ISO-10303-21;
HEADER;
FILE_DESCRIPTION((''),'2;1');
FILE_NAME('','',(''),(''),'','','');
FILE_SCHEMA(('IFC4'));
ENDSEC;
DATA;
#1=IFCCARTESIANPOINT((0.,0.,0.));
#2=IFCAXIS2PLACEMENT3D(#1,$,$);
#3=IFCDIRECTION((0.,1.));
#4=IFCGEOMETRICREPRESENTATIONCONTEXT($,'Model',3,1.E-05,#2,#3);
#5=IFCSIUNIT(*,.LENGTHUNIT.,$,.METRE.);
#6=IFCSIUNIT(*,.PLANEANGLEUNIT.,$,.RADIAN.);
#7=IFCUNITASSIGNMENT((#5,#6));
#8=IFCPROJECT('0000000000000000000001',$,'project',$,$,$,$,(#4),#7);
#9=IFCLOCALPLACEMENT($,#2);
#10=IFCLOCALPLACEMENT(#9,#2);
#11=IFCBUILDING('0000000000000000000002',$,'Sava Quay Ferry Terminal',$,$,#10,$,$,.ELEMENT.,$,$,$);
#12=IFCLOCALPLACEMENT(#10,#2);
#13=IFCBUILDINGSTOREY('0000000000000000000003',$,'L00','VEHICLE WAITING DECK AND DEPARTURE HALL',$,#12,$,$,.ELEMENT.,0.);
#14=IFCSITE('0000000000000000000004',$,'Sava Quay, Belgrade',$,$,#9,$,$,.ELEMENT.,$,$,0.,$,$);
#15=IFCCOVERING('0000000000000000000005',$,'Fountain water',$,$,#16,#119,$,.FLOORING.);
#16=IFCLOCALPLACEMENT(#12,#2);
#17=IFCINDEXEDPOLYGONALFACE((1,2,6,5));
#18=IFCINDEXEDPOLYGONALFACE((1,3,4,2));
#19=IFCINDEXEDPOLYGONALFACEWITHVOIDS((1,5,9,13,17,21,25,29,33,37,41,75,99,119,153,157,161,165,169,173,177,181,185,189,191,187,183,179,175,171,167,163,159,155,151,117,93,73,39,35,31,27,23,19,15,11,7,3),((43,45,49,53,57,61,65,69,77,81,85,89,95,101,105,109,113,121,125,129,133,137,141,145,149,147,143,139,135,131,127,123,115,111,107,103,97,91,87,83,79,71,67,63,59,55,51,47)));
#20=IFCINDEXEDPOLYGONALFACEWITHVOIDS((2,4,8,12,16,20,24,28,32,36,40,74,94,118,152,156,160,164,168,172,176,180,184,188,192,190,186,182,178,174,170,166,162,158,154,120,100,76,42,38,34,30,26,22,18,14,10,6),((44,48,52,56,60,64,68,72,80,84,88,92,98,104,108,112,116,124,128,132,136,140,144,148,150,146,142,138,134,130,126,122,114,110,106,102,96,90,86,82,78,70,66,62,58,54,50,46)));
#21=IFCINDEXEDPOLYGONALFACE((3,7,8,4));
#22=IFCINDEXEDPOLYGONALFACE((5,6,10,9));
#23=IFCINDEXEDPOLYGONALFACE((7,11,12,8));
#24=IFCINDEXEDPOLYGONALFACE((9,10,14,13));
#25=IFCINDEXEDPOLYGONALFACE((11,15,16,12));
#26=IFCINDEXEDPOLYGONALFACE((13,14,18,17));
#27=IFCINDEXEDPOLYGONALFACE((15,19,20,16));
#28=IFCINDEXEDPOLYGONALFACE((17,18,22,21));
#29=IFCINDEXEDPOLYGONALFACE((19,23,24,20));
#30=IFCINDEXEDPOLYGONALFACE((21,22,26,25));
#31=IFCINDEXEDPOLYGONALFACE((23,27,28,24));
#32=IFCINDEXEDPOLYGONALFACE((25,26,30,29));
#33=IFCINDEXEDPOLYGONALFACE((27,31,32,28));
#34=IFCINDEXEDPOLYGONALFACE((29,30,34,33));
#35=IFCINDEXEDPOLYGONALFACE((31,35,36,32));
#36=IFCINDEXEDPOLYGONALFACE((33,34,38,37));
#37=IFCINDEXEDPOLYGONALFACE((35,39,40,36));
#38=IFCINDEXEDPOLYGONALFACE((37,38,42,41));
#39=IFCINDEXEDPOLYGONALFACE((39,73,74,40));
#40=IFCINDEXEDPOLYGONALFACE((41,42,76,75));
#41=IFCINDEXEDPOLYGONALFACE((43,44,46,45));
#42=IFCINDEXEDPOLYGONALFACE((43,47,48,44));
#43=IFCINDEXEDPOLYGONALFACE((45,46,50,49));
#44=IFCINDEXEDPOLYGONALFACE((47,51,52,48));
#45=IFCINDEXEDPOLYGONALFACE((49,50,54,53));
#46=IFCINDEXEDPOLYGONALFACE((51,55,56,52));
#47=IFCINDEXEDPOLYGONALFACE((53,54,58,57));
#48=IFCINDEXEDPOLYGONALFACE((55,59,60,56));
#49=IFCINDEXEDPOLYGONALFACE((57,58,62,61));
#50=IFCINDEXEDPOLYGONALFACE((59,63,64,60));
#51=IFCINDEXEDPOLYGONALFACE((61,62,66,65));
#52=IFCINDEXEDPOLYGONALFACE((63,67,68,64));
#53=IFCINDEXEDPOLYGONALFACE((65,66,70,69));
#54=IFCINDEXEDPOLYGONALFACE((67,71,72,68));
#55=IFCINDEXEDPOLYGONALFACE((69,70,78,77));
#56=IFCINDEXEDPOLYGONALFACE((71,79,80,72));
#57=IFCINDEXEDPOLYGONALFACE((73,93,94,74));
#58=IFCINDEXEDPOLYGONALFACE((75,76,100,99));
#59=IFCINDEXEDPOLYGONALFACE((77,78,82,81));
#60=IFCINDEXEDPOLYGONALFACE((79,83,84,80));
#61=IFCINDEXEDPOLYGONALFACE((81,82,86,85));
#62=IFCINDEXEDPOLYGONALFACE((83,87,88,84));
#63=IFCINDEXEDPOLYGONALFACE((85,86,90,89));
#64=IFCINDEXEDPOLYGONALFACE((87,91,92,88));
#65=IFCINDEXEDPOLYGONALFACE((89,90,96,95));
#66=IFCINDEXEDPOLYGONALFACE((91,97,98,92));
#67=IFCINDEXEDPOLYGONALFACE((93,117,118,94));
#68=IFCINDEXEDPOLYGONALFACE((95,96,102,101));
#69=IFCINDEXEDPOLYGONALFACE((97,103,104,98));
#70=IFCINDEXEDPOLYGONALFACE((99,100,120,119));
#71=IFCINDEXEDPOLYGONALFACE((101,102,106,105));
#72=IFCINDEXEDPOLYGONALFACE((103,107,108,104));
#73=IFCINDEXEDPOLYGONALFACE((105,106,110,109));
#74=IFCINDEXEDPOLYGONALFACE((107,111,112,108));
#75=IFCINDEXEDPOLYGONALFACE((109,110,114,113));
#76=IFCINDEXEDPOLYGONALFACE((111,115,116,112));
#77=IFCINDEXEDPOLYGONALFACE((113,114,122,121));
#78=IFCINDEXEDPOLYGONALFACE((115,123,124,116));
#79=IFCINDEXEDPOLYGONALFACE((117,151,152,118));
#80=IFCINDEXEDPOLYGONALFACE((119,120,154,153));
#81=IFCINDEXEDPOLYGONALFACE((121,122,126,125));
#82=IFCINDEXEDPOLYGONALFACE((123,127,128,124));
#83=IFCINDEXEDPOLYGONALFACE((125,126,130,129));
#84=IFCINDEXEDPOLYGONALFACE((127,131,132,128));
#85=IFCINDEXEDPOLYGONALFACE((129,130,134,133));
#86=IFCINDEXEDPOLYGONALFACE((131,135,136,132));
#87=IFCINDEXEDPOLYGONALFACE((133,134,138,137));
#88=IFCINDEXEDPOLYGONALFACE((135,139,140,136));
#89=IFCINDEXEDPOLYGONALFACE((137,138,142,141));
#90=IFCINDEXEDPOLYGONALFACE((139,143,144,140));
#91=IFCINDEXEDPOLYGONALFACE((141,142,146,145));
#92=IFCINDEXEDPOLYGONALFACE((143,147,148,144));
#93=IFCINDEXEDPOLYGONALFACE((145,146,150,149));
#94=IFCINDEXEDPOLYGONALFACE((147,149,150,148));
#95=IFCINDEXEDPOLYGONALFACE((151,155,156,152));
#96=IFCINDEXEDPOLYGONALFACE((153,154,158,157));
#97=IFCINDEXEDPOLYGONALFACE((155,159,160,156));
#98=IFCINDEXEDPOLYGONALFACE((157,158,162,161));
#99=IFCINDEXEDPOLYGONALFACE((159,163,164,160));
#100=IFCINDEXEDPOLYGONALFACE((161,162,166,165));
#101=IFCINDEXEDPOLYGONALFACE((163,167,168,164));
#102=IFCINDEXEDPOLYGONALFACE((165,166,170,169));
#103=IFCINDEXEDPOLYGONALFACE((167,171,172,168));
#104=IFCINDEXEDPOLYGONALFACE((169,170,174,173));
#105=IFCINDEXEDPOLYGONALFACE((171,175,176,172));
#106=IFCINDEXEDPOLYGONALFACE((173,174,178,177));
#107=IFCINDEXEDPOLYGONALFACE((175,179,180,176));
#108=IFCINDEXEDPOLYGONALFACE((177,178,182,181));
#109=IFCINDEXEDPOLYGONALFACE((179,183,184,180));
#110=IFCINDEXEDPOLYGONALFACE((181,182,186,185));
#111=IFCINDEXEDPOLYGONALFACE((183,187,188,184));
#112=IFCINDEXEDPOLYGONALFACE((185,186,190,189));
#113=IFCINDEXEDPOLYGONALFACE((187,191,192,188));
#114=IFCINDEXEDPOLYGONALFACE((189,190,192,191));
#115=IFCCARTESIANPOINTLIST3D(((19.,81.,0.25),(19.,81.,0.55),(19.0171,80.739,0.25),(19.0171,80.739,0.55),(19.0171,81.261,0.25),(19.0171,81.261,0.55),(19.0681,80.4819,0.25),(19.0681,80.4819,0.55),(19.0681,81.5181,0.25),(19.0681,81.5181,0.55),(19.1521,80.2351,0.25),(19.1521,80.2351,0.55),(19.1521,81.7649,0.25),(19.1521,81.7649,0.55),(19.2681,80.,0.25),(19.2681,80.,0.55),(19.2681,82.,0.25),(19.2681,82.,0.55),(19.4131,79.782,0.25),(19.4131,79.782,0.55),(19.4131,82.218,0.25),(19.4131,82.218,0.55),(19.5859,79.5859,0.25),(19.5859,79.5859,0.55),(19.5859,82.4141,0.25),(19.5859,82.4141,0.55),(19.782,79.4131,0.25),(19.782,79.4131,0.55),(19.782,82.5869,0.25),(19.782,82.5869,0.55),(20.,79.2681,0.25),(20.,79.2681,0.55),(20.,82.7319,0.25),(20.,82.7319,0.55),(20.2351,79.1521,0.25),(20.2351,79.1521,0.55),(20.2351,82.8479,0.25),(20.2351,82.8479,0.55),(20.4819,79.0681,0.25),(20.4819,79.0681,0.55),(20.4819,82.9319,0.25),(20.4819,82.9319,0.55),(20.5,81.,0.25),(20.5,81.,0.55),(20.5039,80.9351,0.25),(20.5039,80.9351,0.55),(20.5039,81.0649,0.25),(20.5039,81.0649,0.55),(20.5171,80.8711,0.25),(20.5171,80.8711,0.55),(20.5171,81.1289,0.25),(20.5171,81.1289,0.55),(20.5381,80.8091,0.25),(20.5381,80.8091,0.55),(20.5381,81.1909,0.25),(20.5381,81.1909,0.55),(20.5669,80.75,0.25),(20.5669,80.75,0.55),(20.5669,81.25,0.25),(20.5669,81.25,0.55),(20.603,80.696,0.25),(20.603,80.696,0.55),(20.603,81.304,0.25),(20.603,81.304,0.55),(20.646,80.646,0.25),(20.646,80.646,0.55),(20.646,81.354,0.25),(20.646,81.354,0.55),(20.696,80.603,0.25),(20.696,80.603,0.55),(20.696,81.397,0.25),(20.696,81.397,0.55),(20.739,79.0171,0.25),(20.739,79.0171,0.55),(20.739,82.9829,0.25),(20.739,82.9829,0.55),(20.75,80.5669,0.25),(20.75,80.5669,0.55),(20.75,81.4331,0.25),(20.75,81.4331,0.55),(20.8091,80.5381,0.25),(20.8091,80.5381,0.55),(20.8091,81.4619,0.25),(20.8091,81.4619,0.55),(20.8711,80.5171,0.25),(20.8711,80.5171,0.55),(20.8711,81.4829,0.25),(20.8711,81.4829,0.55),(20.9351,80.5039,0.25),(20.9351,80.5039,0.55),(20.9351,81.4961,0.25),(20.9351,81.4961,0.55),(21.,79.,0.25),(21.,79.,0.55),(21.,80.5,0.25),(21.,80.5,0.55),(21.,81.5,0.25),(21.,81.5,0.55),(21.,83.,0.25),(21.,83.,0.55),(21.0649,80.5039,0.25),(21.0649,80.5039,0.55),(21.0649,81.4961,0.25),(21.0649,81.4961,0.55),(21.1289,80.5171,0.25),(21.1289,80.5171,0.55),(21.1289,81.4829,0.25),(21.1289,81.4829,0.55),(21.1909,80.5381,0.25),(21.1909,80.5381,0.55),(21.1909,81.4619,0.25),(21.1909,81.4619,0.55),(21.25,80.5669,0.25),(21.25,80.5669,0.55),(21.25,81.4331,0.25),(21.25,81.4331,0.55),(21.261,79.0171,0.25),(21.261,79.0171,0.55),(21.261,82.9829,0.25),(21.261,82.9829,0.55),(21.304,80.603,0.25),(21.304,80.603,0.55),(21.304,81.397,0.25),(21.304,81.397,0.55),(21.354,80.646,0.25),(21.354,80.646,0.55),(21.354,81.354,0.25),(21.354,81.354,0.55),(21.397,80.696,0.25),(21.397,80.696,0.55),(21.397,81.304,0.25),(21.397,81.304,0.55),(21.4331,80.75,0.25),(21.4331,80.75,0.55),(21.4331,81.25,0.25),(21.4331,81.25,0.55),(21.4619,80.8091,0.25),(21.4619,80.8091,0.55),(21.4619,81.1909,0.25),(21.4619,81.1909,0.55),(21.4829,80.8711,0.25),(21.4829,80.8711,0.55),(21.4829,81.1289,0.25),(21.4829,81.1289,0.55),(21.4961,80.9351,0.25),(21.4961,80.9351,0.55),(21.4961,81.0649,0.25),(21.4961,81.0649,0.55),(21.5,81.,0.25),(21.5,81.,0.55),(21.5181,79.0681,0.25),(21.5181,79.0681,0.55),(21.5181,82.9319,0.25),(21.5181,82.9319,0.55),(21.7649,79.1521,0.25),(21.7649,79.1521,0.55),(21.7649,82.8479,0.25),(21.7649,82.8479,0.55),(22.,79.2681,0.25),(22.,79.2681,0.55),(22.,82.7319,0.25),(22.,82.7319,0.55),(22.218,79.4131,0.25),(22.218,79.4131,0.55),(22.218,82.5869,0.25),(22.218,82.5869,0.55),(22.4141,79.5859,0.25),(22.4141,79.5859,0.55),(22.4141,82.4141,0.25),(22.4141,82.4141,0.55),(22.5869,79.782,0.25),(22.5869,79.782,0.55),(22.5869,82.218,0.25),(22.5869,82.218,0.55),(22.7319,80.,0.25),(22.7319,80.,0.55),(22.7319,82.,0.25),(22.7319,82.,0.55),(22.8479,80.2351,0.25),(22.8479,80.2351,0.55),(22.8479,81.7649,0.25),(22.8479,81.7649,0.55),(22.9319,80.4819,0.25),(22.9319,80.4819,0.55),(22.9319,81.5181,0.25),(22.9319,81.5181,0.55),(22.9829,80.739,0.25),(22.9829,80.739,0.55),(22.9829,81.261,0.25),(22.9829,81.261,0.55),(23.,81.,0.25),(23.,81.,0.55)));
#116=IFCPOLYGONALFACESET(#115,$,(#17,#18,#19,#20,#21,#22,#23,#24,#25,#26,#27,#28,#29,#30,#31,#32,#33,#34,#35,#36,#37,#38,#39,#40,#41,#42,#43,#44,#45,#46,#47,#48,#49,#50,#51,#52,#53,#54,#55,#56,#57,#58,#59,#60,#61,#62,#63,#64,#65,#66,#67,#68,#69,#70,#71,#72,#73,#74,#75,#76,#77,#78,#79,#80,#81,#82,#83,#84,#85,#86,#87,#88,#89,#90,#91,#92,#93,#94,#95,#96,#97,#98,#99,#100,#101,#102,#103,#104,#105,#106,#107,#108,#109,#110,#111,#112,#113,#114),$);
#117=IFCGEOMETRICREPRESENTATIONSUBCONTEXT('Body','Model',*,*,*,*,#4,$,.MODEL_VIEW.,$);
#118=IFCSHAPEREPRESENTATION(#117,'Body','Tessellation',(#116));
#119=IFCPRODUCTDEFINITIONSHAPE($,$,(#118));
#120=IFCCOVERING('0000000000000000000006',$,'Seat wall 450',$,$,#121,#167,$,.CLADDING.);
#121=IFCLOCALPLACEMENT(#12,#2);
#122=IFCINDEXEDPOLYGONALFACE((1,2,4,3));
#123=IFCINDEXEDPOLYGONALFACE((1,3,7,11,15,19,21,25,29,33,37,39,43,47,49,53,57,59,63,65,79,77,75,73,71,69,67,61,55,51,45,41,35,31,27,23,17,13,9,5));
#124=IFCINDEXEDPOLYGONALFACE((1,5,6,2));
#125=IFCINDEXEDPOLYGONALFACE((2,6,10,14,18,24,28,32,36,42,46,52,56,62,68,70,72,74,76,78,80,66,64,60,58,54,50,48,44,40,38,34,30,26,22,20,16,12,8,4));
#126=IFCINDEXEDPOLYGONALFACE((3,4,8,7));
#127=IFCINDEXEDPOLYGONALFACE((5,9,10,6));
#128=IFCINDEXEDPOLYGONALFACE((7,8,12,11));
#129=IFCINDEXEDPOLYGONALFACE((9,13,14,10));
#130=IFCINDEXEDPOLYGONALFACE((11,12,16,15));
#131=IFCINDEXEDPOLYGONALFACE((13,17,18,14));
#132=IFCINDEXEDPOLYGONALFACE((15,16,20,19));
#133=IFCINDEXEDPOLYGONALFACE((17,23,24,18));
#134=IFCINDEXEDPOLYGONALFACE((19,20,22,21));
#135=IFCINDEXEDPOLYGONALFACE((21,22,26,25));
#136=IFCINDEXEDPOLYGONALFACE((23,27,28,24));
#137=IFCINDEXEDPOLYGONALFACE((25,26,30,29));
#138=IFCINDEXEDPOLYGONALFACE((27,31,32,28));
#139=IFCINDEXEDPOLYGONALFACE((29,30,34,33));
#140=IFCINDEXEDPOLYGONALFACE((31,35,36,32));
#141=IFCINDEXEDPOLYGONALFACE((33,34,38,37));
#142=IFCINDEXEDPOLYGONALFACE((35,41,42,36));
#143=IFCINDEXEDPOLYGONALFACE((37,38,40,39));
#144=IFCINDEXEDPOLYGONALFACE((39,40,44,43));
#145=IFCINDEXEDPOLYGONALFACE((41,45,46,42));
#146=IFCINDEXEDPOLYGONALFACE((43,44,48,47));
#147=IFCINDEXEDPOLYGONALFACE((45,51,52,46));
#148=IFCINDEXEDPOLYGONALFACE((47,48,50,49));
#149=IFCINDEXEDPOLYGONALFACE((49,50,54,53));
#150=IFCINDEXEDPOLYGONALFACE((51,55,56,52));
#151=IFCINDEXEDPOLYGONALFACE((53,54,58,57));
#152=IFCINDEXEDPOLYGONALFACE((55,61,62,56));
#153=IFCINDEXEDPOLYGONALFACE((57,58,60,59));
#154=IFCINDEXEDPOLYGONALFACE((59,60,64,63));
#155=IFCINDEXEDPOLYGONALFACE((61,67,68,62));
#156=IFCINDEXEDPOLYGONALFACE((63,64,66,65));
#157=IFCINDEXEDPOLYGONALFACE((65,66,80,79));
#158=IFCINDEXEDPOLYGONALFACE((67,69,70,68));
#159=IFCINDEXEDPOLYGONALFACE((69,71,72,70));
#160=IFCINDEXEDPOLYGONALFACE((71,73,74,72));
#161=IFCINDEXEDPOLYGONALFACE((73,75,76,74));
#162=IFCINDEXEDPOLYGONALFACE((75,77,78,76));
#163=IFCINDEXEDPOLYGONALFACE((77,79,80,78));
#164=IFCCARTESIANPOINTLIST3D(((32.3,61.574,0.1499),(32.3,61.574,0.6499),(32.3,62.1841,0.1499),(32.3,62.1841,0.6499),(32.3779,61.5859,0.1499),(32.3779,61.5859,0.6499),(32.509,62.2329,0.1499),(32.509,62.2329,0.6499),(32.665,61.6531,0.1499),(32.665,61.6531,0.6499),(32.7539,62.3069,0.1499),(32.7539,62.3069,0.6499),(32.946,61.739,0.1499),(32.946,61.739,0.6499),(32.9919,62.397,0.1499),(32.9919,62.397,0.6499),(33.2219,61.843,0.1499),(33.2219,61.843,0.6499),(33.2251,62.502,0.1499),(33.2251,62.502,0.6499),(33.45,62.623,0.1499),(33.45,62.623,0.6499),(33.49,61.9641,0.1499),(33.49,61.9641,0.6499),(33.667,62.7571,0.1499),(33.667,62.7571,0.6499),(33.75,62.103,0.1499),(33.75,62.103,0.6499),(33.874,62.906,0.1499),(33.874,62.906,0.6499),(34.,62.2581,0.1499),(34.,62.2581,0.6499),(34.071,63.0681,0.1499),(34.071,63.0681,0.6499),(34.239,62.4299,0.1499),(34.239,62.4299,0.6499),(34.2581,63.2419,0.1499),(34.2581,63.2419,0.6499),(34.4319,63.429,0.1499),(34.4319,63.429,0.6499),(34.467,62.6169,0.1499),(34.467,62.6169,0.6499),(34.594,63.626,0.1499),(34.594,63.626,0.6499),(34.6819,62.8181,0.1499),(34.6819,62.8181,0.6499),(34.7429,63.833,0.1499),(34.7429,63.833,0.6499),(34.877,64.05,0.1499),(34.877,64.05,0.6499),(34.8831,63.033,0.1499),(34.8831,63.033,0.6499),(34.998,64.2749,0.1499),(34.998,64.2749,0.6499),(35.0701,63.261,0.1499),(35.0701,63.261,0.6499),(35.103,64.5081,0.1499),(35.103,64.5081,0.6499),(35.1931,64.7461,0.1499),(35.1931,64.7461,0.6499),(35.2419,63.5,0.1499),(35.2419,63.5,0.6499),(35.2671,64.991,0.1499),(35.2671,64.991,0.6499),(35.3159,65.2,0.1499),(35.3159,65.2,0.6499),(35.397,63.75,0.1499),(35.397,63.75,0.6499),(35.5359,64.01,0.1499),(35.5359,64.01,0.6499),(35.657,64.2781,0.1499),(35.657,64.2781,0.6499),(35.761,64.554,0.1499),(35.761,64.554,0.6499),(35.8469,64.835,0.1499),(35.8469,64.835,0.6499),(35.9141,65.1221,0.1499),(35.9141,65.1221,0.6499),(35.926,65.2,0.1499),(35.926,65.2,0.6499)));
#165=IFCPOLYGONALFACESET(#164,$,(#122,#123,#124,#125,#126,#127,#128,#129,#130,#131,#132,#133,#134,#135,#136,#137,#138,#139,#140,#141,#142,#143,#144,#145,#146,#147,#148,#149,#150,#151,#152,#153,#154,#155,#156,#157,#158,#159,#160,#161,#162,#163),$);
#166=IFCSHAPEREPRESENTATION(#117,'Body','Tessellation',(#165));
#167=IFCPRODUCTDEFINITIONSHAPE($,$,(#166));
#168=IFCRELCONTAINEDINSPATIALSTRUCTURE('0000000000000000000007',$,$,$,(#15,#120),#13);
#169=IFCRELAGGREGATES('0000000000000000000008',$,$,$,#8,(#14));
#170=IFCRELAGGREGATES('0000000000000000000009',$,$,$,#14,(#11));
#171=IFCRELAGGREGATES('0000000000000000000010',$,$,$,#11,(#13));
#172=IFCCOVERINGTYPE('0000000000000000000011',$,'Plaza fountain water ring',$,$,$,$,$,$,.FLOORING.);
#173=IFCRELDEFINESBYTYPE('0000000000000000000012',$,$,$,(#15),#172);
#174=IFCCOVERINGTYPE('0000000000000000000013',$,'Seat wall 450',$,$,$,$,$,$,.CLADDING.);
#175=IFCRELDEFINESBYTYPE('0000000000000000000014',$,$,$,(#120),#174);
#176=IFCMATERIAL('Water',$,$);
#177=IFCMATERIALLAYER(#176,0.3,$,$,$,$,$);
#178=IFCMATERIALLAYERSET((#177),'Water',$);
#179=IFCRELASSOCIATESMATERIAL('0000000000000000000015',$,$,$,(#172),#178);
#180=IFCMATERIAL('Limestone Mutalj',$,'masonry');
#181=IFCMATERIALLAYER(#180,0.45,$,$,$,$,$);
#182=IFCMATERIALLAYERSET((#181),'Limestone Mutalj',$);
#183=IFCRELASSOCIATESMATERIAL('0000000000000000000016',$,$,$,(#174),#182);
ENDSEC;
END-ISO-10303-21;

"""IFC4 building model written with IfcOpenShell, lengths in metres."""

from ifc_helpers import new_model, si_unit, direction, frame, origin, place, context, subcontext, project, spatial, polyline, outline, extrude, material, layer, layer_set, type_object, element, save


model = new_model("IFC4")

# Units and contexts
model_context = context("Model", 3, precision=1e-05, world=origin(), true_north=direction((0.0, 1.0)))
body_context = subcontext(model_context, "Body", "Model", "MODEL_VIEW")
ifc_project = project(units=[si_unit("LENGTHUNIT", "METRE"), si_unit("PLANEANGLEUNIT", "RADIAN")], contexts=[model_context])

# Site, building, storey
site_placement = place(None, origin())
site = spatial("IfcSite", under=ifc_project, at=site_placement, Name="Sava Quay, Belgrade", CompositionType="ELEMENT", RefElevation=0.0)
building_placement = place(site_placement, origin())
building = spatial("IfcBuilding", under=site, at=building_placement, Name="Sava Quay Ferry Terminal", CompositionType="ELEMENT")
storey_placement = place(building_placement, origin())
storey = spatial("IfcBuildingStorey", under=building, at=storey_placement, Name="L00", Description="VEHICLE WAITING DECK AND DEPARTURE HALL", CompositionType="ELEMENT", Elevation=0.0)

# Coverings
ifc_material_1 = material(Name="Water")
ifc_layer_1 = layer(ifc_material_1, 0.3)
ifc_layer_set_1 = layer_set([ifc_layer_1], Name="Water")
covering_type_1 = type_object("IfcCoveringType", Name="Plaza fountain water ring", PredefinedType="FLOORING", material=ifc_layer_set_1)
covering_1_placement = place(storey_placement, frame((0.0, 0.0, 0.25)))
element("IfcCovering", 1, at=covering_1_placement, inside=storey, type_object=covering_type_1, Name="Fountain water", PredefinedType="FLOORING", context=body_context, shape_type="SweptSolid", body=[
    extrude(outline(polyline([(22.9829, 80.739), (23.0, 81.0), (22.9829, 81.261), (22.9319, 81.5181), (22.8479, 81.7649), (22.7319, 82.0), (22.5869, 82.218), (22.4141, 82.4141), (22.218, 82.5869), (22.0, 82.7319), (21.7649, 82.8479), (21.5181, 82.9319), (21.261, 82.9829), (21.0, 83.0), (20.739, 82.9829), (20.4819, 82.9319), (20.2351, 82.8479), (20.0, 82.7319), (19.782, 82.5869), (19.5859, 82.4141), (19.4131, 82.218), (19.2681, 82.0), (19.1521, 81.7649), (19.0681, 81.5181), (19.0171, 81.261), (19.0, 81.0), (19.0171, 80.739), (19.0681, 80.4819), (19.1521, 80.2351), (19.2681, 80.0), (19.4131, 79.782), (19.5859, 79.5859), (19.782, 79.4131), (20.0, 79.2681), (20.2351, 79.1521), (20.4819, 79.0681), (20.739, 79.0171), (21.0, 79.0), (21.261, 79.0171), (21.5181, 79.0681), (21.7649, 79.1521), (22.0, 79.2681), (22.218, 79.4131), (22.4141, 79.5859), (22.5869, 79.782), (22.7319, 80.0), (22.8479, 80.2351), (22.9319, 80.4819), (22.9829, 80.739)]), holes=[polyline([(21.4961, 81.0649), (21.5, 81.0), (21.4961, 80.9351), (21.4829, 80.8711), (21.4619, 80.8091), (21.4331, 80.75), (21.397, 80.696), (21.354, 80.646), (21.304, 80.603), (21.25, 80.5669), (21.1909, 80.5381), (21.1289, 80.5171), (21.0649, 80.5039), (21.0, 80.5), (20.9351, 80.5039), (20.8711, 80.5171), (20.8091, 80.5381), (20.75, 80.5669), (20.696, 80.603), (20.646, 80.646), (20.603, 80.696), (20.5669, 80.75), (20.5381, 80.8091), (20.5171, 80.8711), (20.5039, 80.9351), (20.5, 81.0), (20.5039, 81.0649), (20.5171, 81.1289), (20.5381, 81.1909), (20.5669, 81.25), (20.603, 81.304), (20.646, 81.354), (20.696, 81.397), (20.75, 81.4331), (20.8091, 81.4619), (20.8711, 81.4829), (20.9351, 81.4961), (21.0, 81.5), (21.0649, 81.4961), (21.1289, 81.4829), (21.1909, 81.4619), (21.25, 81.4331), (21.304, 81.397), (21.354, 81.354), (21.397, 81.304), (21.4331, 81.25), (21.4619, 81.1909), (21.4829, 81.1289), (21.4961, 81.0649)])]), origin(), (0.0, 0.0, 1.0), 0.3),
])
ifc_material_2 = material(Name="Limestone Mutalj", Category="masonry")
ifc_layer_2 = layer(ifc_material_2, 0.45)
ifc_layer_set_2 = layer_set([ifc_layer_2], Name="Limestone Mutalj")
covering_type_2 = type_object("IfcCoveringType", Name="Seat wall 450", PredefinedType="CLADDING", material=ifc_layer_set_2)
covering_2_placement = place(storey_placement, frame((0.0, 0.0, 0.1499)))
element("IfcCovering", 2, at=covering_2_placement, inside=storey, type_object=covering_type_2, Name="Seat wall 450", PredefinedType="CLADDING", context=body_context, shape_type="SweptSolid", body=[
    extrude(outline(polyline([(35.761, 64.554), (35.8469, 64.835), (35.9141, 65.1221), (35.926, 65.2), (35.3159, 65.2), (35.2671, 64.991), (35.1931, 64.7461), (35.103, 64.5081), (34.998, 64.2749), (34.877, 64.05), (34.7429, 63.833), (34.594, 63.626), (34.4319, 63.429), (34.2581, 63.2419), (34.071, 63.0681), (33.874, 62.906), (33.667, 62.7571), (33.45, 62.623), (33.2251, 62.502), (32.9919, 62.397), (32.7539, 62.3069), (32.509, 62.2329), (32.3, 62.1841), (32.3, 61.574), (32.3779, 61.5859), (32.665, 61.6531), (32.946, 61.739), (33.2219, 61.843), (33.49, 61.9641), (33.75, 62.103), (34.0, 62.2581), (34.239, 62.4299), (34.467, 62.6169), (34.6819, 62.8181), (34.8831, 63.033), (35.0701, 63.261), (35.2419, 63.5), (35.397, 63.75), (35.5359, 64.01), (35.657, 64.2781), (35.761, 64.554)])), origin(), (0.0, 0.0, 1.0), 0.5),
])

save(model, "model.ifc")
